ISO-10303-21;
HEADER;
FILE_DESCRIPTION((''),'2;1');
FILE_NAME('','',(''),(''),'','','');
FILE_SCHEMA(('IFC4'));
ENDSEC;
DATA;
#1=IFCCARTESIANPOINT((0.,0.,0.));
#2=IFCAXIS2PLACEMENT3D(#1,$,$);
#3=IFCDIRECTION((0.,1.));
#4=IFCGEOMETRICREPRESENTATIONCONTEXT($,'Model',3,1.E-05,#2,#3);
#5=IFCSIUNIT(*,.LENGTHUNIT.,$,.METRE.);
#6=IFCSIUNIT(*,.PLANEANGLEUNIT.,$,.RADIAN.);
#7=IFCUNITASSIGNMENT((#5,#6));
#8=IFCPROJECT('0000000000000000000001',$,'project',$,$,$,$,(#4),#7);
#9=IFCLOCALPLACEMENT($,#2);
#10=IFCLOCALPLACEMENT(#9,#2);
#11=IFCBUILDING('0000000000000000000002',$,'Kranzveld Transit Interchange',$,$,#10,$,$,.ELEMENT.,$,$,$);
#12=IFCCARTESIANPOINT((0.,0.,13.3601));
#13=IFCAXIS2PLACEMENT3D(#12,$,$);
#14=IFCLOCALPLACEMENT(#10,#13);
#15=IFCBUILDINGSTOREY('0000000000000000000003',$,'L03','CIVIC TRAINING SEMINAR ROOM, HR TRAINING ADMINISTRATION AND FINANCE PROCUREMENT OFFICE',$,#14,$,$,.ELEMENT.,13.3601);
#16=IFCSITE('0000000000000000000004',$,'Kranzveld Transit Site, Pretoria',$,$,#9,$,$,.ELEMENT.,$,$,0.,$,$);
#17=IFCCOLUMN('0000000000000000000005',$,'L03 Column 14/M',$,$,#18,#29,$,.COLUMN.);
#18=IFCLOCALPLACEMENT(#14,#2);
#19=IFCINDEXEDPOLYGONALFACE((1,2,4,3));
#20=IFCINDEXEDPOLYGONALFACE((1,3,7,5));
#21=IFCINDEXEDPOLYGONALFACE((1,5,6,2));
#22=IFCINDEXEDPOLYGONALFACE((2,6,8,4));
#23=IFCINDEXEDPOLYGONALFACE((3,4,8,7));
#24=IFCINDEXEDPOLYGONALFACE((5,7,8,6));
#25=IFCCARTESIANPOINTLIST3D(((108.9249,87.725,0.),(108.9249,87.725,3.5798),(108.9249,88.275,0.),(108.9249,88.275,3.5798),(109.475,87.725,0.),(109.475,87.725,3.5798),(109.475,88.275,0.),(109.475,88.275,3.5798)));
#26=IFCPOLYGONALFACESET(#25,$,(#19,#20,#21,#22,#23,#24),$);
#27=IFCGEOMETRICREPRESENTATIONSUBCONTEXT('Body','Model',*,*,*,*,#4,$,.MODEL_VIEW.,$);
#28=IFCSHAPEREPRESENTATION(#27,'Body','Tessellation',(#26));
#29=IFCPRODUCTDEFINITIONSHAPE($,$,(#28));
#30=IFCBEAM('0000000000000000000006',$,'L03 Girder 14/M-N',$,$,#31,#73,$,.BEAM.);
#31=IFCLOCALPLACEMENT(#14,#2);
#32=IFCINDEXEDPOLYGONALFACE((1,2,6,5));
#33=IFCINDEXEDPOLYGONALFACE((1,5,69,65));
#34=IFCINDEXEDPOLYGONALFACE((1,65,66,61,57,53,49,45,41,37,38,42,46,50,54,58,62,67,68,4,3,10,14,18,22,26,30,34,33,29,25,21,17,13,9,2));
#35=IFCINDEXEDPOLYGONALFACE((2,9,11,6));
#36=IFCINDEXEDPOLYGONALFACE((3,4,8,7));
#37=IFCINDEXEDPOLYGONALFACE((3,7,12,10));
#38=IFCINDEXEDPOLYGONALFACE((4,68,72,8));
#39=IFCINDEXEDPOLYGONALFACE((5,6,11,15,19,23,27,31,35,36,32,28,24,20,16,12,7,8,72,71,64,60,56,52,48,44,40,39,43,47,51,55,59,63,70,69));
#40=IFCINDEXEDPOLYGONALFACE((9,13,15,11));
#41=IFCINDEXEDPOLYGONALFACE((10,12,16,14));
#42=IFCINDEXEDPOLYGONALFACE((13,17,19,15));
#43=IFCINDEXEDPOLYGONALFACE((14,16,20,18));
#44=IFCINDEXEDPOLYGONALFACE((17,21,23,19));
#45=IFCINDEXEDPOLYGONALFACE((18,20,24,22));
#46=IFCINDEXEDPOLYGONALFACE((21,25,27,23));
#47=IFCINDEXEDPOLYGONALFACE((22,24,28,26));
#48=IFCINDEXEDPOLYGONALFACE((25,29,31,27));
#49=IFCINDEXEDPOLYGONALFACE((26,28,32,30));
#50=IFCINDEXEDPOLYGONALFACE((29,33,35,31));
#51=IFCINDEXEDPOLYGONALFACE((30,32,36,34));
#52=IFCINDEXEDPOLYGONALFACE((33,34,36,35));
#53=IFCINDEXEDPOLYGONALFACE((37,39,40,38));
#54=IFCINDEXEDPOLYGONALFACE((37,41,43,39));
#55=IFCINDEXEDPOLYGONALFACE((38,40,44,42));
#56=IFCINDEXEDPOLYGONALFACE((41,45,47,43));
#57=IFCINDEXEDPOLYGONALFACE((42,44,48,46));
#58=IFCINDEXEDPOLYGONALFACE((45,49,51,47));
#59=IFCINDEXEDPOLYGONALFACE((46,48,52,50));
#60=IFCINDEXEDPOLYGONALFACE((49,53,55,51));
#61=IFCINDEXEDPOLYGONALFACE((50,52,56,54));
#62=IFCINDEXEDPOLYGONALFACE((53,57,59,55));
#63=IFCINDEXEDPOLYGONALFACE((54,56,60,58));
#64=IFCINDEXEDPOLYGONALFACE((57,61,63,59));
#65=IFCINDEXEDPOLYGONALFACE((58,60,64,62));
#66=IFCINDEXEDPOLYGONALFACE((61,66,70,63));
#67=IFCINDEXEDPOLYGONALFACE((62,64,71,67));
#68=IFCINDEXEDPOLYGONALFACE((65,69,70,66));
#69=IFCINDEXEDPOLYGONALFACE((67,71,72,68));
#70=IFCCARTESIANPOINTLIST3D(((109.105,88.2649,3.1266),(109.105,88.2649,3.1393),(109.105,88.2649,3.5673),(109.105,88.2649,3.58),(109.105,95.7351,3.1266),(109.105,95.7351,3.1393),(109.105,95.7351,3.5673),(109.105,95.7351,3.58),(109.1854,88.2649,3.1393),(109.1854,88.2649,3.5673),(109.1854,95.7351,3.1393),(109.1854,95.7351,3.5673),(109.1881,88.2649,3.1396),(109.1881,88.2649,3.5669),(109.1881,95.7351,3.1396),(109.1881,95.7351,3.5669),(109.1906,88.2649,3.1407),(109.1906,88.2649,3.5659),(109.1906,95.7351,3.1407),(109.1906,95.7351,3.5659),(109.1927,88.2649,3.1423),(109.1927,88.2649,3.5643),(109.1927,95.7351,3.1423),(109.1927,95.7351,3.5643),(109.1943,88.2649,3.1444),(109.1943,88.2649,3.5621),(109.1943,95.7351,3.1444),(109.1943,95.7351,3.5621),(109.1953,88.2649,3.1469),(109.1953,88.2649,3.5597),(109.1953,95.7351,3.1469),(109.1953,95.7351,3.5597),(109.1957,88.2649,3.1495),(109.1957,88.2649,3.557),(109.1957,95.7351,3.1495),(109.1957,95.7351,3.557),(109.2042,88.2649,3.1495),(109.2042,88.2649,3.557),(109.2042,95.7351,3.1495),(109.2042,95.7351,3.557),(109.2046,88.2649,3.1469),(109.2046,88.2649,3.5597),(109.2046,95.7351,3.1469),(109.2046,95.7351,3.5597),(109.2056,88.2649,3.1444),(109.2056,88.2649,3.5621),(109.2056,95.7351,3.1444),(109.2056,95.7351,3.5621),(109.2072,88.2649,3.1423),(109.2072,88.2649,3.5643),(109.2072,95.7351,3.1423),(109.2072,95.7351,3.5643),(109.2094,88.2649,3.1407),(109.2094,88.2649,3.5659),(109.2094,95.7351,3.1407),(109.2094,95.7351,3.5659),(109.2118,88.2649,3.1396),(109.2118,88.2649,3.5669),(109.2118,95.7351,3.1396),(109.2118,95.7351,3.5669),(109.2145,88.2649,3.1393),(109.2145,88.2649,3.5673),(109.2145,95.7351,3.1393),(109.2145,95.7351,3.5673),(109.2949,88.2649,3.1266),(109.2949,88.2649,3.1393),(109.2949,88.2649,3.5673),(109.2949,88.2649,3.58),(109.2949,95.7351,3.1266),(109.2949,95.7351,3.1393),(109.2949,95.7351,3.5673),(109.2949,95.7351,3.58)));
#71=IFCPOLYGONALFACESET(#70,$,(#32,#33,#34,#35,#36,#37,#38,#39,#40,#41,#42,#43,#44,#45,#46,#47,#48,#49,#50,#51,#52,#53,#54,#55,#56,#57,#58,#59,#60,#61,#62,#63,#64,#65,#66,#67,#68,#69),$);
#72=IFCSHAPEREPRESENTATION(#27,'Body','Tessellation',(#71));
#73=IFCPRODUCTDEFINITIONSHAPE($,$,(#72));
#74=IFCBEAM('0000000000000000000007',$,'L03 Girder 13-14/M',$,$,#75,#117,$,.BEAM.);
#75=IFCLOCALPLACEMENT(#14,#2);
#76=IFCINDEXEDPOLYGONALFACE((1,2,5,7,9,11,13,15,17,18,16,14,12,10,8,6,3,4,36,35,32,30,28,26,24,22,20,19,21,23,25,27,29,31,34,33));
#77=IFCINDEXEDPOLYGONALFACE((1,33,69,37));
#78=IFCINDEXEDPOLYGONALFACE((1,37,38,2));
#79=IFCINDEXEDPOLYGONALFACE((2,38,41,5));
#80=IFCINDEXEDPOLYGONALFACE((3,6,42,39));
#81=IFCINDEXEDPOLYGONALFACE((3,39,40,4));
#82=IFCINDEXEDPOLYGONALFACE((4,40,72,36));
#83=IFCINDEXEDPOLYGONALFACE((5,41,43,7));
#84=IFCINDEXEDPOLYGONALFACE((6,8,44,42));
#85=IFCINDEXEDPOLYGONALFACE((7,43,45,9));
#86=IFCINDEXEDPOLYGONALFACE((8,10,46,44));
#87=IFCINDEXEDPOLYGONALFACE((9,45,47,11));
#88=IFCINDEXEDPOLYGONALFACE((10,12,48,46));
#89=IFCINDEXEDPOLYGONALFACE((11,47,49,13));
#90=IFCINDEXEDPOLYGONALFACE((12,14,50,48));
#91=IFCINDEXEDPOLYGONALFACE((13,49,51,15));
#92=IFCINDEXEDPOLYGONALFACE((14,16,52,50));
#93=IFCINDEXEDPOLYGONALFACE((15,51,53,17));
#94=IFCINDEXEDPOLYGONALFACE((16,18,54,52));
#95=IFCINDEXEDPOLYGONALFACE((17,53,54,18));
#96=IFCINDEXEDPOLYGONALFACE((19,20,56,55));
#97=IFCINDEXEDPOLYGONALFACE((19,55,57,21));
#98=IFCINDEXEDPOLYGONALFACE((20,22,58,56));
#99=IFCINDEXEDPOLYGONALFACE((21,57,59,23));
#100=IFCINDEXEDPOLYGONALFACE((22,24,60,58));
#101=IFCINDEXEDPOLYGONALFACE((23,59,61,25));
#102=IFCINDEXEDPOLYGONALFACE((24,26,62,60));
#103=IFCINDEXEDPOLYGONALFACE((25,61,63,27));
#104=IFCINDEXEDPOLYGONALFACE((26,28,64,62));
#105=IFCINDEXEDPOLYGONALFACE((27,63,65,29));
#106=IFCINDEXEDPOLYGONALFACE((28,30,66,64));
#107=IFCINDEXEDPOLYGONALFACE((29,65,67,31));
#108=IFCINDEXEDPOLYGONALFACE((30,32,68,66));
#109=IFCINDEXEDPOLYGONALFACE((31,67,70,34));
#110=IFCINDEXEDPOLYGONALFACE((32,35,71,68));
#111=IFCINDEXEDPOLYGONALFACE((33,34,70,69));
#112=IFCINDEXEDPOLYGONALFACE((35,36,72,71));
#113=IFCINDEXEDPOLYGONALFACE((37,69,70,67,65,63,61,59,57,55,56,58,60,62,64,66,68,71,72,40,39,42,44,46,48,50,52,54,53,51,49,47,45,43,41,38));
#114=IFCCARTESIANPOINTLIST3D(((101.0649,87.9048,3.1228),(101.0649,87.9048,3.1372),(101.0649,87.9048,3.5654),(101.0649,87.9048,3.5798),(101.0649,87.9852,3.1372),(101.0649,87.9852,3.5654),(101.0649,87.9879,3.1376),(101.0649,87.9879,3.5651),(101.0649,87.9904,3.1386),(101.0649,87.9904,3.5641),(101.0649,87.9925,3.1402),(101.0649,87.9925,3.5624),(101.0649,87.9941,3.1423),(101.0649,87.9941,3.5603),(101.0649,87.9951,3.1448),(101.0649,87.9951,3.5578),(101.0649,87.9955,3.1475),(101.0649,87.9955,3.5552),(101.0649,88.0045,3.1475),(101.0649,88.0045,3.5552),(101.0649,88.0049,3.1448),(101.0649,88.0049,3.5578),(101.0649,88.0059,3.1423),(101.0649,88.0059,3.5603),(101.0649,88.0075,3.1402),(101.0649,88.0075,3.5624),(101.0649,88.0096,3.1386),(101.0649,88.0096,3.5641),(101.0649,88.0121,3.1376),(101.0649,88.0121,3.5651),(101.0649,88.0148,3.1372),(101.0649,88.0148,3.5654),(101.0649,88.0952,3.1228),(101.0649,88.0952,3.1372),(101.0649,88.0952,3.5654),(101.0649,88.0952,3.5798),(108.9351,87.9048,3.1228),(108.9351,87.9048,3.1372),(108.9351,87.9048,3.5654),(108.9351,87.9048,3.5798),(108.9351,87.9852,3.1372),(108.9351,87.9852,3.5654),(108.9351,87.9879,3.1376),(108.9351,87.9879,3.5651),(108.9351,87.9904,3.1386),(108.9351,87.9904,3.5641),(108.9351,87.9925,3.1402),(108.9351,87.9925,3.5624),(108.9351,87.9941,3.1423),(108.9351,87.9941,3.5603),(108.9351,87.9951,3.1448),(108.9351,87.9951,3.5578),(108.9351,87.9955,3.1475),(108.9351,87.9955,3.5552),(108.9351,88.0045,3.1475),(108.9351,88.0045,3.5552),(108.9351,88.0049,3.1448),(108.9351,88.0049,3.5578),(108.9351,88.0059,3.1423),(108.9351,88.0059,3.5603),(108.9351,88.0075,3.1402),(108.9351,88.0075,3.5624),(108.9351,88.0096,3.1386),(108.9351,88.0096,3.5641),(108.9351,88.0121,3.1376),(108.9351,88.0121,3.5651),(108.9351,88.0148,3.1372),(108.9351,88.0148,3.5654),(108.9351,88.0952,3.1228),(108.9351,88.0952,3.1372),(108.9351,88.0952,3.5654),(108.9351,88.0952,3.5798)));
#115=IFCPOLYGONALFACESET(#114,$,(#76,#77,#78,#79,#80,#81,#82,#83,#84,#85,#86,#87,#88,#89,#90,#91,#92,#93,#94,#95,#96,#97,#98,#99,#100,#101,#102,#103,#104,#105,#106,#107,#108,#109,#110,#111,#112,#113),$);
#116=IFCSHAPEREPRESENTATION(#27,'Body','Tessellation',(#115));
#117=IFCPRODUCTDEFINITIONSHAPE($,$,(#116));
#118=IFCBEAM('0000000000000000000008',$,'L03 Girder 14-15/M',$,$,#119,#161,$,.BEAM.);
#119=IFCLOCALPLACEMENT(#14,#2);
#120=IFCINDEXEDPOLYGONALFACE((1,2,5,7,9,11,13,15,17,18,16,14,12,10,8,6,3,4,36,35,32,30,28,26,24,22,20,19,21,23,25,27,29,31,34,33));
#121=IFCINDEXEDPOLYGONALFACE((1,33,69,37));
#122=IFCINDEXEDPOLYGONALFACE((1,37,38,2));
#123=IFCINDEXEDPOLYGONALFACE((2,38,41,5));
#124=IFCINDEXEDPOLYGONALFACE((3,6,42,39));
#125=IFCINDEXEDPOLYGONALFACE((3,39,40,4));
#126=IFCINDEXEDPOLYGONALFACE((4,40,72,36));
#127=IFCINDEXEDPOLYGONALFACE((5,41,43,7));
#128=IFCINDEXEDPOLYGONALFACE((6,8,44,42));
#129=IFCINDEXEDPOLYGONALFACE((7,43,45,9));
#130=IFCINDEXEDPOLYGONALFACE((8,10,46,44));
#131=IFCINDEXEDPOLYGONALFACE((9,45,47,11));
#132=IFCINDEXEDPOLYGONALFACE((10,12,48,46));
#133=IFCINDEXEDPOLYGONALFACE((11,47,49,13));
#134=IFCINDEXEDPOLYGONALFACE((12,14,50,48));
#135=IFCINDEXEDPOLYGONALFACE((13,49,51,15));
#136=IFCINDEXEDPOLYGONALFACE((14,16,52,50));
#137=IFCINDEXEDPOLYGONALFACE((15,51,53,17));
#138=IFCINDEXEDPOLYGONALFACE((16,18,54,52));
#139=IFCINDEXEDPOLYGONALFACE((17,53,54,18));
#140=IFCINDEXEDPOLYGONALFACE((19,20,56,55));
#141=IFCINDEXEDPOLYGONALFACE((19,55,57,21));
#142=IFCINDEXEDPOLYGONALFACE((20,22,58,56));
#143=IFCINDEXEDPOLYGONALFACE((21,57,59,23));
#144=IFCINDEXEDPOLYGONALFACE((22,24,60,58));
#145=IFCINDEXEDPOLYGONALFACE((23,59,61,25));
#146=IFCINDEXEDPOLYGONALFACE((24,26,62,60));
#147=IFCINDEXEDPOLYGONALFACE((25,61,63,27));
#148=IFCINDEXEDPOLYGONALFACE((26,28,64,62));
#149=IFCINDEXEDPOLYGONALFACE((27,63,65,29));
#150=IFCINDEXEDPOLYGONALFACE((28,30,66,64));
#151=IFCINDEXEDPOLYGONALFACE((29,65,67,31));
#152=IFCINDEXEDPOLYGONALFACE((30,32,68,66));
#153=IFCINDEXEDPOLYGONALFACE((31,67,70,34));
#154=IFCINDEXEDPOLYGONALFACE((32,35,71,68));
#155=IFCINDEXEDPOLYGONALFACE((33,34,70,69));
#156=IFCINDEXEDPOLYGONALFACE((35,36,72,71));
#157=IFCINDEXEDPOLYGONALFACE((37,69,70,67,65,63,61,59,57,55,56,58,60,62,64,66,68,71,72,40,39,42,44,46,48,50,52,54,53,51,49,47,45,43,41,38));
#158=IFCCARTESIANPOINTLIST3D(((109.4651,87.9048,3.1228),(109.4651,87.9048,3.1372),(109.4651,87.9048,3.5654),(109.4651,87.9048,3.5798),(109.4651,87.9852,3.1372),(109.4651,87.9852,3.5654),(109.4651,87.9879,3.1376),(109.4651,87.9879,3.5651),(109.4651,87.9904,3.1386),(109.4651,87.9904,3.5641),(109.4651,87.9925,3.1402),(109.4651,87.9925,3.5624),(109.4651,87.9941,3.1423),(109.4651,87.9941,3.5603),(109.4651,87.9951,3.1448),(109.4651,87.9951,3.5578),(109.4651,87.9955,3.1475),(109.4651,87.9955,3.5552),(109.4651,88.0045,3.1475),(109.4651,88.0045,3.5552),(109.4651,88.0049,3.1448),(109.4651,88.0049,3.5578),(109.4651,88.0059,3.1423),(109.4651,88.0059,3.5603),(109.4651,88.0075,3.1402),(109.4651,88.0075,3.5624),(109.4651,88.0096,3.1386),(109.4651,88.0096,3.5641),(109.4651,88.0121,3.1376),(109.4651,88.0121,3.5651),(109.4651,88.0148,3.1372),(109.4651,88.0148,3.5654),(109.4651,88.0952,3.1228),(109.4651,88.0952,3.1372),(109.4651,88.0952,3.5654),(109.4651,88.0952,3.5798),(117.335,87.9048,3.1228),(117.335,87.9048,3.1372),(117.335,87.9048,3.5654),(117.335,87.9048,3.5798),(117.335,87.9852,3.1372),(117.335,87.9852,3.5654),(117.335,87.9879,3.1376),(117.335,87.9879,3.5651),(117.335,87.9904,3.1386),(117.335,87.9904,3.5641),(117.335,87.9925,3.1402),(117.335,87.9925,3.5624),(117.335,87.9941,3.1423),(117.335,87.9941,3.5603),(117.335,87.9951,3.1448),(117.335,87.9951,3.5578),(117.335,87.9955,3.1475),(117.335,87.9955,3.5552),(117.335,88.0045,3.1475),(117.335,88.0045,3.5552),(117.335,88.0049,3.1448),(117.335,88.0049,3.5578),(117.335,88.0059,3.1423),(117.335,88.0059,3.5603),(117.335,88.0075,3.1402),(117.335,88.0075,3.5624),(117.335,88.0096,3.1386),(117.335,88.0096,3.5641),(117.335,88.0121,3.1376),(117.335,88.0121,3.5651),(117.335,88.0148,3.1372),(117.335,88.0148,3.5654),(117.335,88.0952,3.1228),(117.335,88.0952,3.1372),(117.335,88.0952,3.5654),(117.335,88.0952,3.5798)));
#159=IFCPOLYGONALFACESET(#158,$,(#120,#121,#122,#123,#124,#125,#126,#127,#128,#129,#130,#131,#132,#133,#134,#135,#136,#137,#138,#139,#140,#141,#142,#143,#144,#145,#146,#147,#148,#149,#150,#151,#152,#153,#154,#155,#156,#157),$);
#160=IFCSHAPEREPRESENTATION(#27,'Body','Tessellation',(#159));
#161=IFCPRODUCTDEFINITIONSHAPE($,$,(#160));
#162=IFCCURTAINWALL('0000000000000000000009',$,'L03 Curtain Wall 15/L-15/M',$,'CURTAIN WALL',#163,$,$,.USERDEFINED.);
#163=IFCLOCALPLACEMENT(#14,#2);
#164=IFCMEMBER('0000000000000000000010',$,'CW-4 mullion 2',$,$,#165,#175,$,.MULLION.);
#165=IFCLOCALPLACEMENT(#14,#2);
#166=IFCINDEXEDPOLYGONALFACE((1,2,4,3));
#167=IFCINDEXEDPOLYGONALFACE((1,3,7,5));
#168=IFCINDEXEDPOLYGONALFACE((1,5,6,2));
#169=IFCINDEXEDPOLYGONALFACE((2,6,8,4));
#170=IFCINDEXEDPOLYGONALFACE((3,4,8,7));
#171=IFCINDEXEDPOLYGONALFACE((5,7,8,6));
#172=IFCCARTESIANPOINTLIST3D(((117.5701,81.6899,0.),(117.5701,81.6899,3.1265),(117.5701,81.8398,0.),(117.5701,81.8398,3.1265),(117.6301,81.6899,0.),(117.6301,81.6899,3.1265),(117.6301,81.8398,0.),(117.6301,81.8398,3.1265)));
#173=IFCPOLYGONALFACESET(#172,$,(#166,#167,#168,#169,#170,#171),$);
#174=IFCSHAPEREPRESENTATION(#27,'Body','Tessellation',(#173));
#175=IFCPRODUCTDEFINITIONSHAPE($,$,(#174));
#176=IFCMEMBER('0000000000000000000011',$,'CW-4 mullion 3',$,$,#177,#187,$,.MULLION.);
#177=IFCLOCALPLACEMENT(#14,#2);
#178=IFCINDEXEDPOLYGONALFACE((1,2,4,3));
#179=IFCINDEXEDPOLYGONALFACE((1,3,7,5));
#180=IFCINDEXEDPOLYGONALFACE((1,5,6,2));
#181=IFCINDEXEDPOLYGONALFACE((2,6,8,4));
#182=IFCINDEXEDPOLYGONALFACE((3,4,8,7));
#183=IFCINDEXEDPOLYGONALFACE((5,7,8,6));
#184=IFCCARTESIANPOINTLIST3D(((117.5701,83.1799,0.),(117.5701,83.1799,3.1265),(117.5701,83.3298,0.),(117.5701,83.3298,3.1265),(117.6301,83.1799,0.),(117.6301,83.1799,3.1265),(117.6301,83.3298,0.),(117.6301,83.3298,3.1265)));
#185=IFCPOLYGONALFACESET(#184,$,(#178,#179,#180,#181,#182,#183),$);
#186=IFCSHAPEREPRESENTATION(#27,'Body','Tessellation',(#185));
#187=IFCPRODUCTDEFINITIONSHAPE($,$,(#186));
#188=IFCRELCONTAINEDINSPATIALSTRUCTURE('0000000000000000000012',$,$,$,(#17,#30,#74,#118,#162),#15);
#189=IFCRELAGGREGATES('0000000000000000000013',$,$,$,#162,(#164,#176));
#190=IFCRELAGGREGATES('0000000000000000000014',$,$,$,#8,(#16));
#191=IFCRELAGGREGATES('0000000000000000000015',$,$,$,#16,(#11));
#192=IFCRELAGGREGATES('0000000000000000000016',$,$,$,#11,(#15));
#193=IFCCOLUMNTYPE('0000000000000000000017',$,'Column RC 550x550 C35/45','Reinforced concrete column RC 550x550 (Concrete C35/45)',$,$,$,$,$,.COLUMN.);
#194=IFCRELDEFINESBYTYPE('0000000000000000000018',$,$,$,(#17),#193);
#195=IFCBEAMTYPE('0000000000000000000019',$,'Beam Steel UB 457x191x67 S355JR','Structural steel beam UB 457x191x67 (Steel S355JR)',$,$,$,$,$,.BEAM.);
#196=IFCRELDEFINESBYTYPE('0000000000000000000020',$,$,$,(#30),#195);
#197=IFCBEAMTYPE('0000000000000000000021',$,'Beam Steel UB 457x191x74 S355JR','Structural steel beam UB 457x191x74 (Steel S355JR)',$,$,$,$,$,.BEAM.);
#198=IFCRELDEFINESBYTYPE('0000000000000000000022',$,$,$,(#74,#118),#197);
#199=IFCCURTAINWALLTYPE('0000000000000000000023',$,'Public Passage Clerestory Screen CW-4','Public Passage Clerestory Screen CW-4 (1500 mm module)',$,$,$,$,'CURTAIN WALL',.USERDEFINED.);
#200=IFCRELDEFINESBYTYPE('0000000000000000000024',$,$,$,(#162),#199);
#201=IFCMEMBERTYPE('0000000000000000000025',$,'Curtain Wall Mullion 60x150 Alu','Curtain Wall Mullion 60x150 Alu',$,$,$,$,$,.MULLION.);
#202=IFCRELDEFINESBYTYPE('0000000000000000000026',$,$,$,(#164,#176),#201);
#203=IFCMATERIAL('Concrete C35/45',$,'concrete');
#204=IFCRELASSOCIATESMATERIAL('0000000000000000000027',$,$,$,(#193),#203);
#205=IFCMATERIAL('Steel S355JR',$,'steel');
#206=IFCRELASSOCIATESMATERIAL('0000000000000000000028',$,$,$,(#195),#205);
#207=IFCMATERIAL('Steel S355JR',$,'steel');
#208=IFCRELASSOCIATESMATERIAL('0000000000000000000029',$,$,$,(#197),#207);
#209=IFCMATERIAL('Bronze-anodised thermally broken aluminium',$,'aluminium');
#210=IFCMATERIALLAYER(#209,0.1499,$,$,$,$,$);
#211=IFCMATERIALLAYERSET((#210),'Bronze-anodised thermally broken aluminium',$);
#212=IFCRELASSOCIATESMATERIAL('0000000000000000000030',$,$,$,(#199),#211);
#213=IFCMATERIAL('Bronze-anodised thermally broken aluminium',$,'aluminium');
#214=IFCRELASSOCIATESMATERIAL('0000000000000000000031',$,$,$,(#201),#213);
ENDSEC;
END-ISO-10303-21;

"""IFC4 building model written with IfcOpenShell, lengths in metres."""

from ifc_helpers import new_model, si_unit, direction, frame, origin, origin_2d, place, context, subcontext, project, spatial, rectangle, i_section, extrude, material, layer, layer_set, material_profile, profile_set, type_object, element, aggregate, save


model = new_model("IFC4")

# Units and contexts
model_context = context("Model", 3, precision=1e-05, world=origin(), true_north=direction((0.0, 1.0)))
body_context = subcontext(model_context, "Body", "Model", "MODEL_VIEW")
ifc_project = project(units=[si_unit("LENGTHUNIT", "METRE"), si_unit("PLANEANGLEUNIT", "RADIAN")], contexts=[model_context])

# Site, building, storey
site_placement = place(None, origin())
site = spatial("IfcSite", under=ifc_project, at=site_placement, Name="Kranzveld Transit Site, Pretoria", CompositionType="ELEMENT", RefElevation=0.0)
building_placement = place(site_placement, origin())
building = spatial("IfcBuilding", under=site, at=building_placement, Name="Kranzveld Transit Interchange", CompositionType="ELEMENT")
storey_placement = place(building_placement, frame((0.0, 0.0, 13.3601)))
storey = spatial("IfcBuildingStorey", under=building, at=storey_placement, Name="L03", Description="CIVIC TRAINING SEMINAR ROOM, HR TRAINING ADMINISTRATION AND FINANCE PROCUREMENT OFFICE", CompositionType="ELEMENT", Elevation=13.3601)

# Column
ifc_material_1 = material(Name="Concrete C35/45", Category="concrete")
ifc_material_profile_1 = material_profile(ifc_material_1, rectangle(XDim=0.55, YDim=0.55, at=origin_2d()), Name="RC 550x550")
ifc_profile_set_1 = profile_set([ifc_material_profile_1], Name="Concrete C35/45")
column_type = type_object("IfcColumnType", Name="Column RC 550x550 C35/45", Description="Reinforced concrete column RC 550x550 (Concrete C35/45)", PredefinedType="COLUMN", material=ifc_profile_set_1)
column_placement = place(storey_placement, frame((109.2, 88.0, 0.0), z_axis=(0.0, 0.0, 1.0), x_axis=(1.0, 0.0, 0.0)))
element("IfcColumn", 1, at=column_placement, inside=storey, type_object=column_type, Name="L03 Column 14/M", PredefinedType="COLUMN", context=body_context, shape_type="SweptSolid", body=[
    extrude(rectangle(XDim=0.55, YDim=0.55, at=origin_2d()), origin(), (0.0, 0.0, 1.0), 3.5798),
])

# Beams
ifc_material_2 = material(Name="Steel S355JR", Category="steel")
ifc_material_profile_2 = material_profile(ifc_material_2, i_section(OverallWidth=0.1899, OverallDepth=0.4534, WebThickness=0.0085, FlangeThickness=0.0127, FilletRadius=0.0103, at=origin_2d()), Name="UB 457x191x67")
ifc_profile_set_2 = profile_set([ifc_material_profile_2], Name="Steel S355JR")
beam_type_1 = type_object("IfcBeamType", Name="Beam Steel UB 457x191x67 S355JR", Description="Structural steel beam UB 457x191x67 (Steel S355JR)", PredefinedType="BEAM", material=ifc_profile_set_2)
beam_1_placement = place(storey_placement, frame((109.2, 88.2649, 3.3533), z_axis=(0.0, 1.0, 0.0), x_axis=(-1.0, 0.0, 0.0)))
element("IfcBeam", 2, at=beam_1_placement, inside=storey, type_object=beam_type_1, Name="L03 Girder 14/M-N", PredefinedType="BEAM", context=body_context, shape_type="SweptSolid", body=[
    extrude(i_section(OverallWidth=0.1899, OverallDepth=0.4534, WebThickness=0.0085, FlangeThickness=0.0127, FilletRadius=0.0103, at=origin_2d()), origin(), (0.0, 0.0, 1.0), 7.4702),
])
ifc_material_3 = material(Name="Steel S355JR", Category="steel")
ifc_material_profile_3 = material_profile(ifc_material_3, i_section(OverallWidth=0.1904, OverallDepth=0.457, WebThickness=0.009, FlangeThickness=0.0144, FilletRadius=0.0103, at=origin_2d()), Name="UB 457x191x74")
ifc_profile_set_3 = profile_set([ifc_material_profile_3], Name="Steel S355JR")
beam_type_2 = type_object("IfcBeamType", Name="Beam Steel UB 457x191x74 S355JR", Description="Structural steel beam UB 457x191x74 (Steel S355JR)", PredefinedType="BEAM", material=ifc_profile_set_3)
beam_2_placement = place(storey_placement, frame((101.0649, 88.0, 3.3513), z_axis=(1.0, 0.0, 0.0), x_axis=(0.0, 1.0, 0.0)))
element("IfcBeam", 3, at=beam_2_placement, inside=storey, type_object=beam_type_2, Name="L03 Girder 13-14/M", PredefinedType="BEAM", context=body_context, shape_type="SweptSolid", body=[
    extrude(i_section(OverallWidth=0.1904, OverallDepth=0.457, WebThickness=0.009, FlangeThickness=0.0144, FilletRadius=0.0103, at=origin_2d()), origin(), (0.0, 0.0, 1.0), 7.8701),
])
beam_3_placement = place(storey_placement, frame((109.4651, 88.0, 3.3513), z_axis=(1.0, 0.0, 0.0), x_axis=(0.0, 1.0, 0.0)))
element("IfcBeam", 4, at=beam_3_placement, inside=storey, type_object=beam_type_2, Name="L03 Girder 14-15/M", PredefinedType="BEAM", context=body_context, shape_type="SweptSolid", body=[
    extrude(i_section(OverallWidth=0.1904, OverallDepth=0.457, WebThickness=0.009, FlangeThickness=0.0144, FilletRadius=0.0103, at=origin_2d()), origin(), (0.0, 0.0, 1.0), 7.8699),
])

# Curtain wall, members
ifc_material_4 = material(Name="Bronze-anodised thermally broken aluminium", Category="aluminium")
ifc_layer_1 = layer(ifc_material_4, 0.1499)
ifc_layer_set_1 = layer_set([ifc_layer_1], Name="Bronze-anodised thermally broken aluminium")
curtain_wall_type = type_object("IfcCurtainWallType", Name="Public Passage Clerestory Screen CW-4", Description="Public Passage Clerestory Screen CW-4 (1500 mm module)", ElementType="CURTAIN WALL", PredefinedType="USERDEFINED", material=ifc_layer_set_1)
curtain_wall_placement = place(storey_placement, origin())
curtain_wall = element("IfcCurtainWall", 5, at=curtain_wall_placement, inside=storey, type_object=curtain_wall_type, Name="L03 Curtain Wall 15/L-15/M", ObjectType="CURTAIN WALL", PredefinedType="USERDEFINED")
ifc_material_5 = material(Name="Bronze-anodised thermally broken aluminium", Category="aluminium")
ifc_material_profile_4 = material_profile(ifc_material_5, rectangle(XDim=0.0601, YDim=0.1499, at=origin_2d()), Name="ALU MULLION 60x150")
ifc_profile_set_4 = profile_set([ifc_material_profile_4], Name="Bronze-anodised thermally broken aluminium")
member_type_1 = type_object("IfcMemberType", Name="Curtain Wall Mullion 60x150 Alu", Description="Curtain Wall Mullion 60x150 Alu", PredefinedType="MULLION", material=ifc_profile_set_4)
member_1_placement = place(storey_placement, frame((117.6001, 81.7649, 0.0), z_axis=(0.0, 0.0, 1.0), x_axis=(-1.0, 0.0, 0.0)))
member_1 = element("IfcMember", 6, at=member_1_placement, type_object=member_type_1, Name="CW-4 mullion 2", PredefinedType="MULLION", context=body_context, shape_type="SweptSolid", body=[
    extrude(rectangle(XDim=0.0601, YDim=0.1499, at=origin_2d()), origin(), (0.0, 0.0, 1.0), 3.1265),
])
member_2_placement = place(storey_placement, frame((117.6001, 83.2549, 0.0), z_axis=(0.0, 0.0, 1.0), x_axis=(-1.0, 0.0, 0.0)))
member_2 = element("IfcMember", 7, at=member_2_placement, type_object=member_type_1, Name="CW-4 mullion 3", PredefinedType="MULLION", context=body_context, shape_type="SweptSolid", body=[
    extrude(rectangle(XDim=0.0601, YDim=0.1499, at=origin_2d()), origin(), (0.0, 0.0, 1.0), 3.1265),
])

aggregate(curtain_wall, [member_1, member_2])

save(model, "model.ifc")
